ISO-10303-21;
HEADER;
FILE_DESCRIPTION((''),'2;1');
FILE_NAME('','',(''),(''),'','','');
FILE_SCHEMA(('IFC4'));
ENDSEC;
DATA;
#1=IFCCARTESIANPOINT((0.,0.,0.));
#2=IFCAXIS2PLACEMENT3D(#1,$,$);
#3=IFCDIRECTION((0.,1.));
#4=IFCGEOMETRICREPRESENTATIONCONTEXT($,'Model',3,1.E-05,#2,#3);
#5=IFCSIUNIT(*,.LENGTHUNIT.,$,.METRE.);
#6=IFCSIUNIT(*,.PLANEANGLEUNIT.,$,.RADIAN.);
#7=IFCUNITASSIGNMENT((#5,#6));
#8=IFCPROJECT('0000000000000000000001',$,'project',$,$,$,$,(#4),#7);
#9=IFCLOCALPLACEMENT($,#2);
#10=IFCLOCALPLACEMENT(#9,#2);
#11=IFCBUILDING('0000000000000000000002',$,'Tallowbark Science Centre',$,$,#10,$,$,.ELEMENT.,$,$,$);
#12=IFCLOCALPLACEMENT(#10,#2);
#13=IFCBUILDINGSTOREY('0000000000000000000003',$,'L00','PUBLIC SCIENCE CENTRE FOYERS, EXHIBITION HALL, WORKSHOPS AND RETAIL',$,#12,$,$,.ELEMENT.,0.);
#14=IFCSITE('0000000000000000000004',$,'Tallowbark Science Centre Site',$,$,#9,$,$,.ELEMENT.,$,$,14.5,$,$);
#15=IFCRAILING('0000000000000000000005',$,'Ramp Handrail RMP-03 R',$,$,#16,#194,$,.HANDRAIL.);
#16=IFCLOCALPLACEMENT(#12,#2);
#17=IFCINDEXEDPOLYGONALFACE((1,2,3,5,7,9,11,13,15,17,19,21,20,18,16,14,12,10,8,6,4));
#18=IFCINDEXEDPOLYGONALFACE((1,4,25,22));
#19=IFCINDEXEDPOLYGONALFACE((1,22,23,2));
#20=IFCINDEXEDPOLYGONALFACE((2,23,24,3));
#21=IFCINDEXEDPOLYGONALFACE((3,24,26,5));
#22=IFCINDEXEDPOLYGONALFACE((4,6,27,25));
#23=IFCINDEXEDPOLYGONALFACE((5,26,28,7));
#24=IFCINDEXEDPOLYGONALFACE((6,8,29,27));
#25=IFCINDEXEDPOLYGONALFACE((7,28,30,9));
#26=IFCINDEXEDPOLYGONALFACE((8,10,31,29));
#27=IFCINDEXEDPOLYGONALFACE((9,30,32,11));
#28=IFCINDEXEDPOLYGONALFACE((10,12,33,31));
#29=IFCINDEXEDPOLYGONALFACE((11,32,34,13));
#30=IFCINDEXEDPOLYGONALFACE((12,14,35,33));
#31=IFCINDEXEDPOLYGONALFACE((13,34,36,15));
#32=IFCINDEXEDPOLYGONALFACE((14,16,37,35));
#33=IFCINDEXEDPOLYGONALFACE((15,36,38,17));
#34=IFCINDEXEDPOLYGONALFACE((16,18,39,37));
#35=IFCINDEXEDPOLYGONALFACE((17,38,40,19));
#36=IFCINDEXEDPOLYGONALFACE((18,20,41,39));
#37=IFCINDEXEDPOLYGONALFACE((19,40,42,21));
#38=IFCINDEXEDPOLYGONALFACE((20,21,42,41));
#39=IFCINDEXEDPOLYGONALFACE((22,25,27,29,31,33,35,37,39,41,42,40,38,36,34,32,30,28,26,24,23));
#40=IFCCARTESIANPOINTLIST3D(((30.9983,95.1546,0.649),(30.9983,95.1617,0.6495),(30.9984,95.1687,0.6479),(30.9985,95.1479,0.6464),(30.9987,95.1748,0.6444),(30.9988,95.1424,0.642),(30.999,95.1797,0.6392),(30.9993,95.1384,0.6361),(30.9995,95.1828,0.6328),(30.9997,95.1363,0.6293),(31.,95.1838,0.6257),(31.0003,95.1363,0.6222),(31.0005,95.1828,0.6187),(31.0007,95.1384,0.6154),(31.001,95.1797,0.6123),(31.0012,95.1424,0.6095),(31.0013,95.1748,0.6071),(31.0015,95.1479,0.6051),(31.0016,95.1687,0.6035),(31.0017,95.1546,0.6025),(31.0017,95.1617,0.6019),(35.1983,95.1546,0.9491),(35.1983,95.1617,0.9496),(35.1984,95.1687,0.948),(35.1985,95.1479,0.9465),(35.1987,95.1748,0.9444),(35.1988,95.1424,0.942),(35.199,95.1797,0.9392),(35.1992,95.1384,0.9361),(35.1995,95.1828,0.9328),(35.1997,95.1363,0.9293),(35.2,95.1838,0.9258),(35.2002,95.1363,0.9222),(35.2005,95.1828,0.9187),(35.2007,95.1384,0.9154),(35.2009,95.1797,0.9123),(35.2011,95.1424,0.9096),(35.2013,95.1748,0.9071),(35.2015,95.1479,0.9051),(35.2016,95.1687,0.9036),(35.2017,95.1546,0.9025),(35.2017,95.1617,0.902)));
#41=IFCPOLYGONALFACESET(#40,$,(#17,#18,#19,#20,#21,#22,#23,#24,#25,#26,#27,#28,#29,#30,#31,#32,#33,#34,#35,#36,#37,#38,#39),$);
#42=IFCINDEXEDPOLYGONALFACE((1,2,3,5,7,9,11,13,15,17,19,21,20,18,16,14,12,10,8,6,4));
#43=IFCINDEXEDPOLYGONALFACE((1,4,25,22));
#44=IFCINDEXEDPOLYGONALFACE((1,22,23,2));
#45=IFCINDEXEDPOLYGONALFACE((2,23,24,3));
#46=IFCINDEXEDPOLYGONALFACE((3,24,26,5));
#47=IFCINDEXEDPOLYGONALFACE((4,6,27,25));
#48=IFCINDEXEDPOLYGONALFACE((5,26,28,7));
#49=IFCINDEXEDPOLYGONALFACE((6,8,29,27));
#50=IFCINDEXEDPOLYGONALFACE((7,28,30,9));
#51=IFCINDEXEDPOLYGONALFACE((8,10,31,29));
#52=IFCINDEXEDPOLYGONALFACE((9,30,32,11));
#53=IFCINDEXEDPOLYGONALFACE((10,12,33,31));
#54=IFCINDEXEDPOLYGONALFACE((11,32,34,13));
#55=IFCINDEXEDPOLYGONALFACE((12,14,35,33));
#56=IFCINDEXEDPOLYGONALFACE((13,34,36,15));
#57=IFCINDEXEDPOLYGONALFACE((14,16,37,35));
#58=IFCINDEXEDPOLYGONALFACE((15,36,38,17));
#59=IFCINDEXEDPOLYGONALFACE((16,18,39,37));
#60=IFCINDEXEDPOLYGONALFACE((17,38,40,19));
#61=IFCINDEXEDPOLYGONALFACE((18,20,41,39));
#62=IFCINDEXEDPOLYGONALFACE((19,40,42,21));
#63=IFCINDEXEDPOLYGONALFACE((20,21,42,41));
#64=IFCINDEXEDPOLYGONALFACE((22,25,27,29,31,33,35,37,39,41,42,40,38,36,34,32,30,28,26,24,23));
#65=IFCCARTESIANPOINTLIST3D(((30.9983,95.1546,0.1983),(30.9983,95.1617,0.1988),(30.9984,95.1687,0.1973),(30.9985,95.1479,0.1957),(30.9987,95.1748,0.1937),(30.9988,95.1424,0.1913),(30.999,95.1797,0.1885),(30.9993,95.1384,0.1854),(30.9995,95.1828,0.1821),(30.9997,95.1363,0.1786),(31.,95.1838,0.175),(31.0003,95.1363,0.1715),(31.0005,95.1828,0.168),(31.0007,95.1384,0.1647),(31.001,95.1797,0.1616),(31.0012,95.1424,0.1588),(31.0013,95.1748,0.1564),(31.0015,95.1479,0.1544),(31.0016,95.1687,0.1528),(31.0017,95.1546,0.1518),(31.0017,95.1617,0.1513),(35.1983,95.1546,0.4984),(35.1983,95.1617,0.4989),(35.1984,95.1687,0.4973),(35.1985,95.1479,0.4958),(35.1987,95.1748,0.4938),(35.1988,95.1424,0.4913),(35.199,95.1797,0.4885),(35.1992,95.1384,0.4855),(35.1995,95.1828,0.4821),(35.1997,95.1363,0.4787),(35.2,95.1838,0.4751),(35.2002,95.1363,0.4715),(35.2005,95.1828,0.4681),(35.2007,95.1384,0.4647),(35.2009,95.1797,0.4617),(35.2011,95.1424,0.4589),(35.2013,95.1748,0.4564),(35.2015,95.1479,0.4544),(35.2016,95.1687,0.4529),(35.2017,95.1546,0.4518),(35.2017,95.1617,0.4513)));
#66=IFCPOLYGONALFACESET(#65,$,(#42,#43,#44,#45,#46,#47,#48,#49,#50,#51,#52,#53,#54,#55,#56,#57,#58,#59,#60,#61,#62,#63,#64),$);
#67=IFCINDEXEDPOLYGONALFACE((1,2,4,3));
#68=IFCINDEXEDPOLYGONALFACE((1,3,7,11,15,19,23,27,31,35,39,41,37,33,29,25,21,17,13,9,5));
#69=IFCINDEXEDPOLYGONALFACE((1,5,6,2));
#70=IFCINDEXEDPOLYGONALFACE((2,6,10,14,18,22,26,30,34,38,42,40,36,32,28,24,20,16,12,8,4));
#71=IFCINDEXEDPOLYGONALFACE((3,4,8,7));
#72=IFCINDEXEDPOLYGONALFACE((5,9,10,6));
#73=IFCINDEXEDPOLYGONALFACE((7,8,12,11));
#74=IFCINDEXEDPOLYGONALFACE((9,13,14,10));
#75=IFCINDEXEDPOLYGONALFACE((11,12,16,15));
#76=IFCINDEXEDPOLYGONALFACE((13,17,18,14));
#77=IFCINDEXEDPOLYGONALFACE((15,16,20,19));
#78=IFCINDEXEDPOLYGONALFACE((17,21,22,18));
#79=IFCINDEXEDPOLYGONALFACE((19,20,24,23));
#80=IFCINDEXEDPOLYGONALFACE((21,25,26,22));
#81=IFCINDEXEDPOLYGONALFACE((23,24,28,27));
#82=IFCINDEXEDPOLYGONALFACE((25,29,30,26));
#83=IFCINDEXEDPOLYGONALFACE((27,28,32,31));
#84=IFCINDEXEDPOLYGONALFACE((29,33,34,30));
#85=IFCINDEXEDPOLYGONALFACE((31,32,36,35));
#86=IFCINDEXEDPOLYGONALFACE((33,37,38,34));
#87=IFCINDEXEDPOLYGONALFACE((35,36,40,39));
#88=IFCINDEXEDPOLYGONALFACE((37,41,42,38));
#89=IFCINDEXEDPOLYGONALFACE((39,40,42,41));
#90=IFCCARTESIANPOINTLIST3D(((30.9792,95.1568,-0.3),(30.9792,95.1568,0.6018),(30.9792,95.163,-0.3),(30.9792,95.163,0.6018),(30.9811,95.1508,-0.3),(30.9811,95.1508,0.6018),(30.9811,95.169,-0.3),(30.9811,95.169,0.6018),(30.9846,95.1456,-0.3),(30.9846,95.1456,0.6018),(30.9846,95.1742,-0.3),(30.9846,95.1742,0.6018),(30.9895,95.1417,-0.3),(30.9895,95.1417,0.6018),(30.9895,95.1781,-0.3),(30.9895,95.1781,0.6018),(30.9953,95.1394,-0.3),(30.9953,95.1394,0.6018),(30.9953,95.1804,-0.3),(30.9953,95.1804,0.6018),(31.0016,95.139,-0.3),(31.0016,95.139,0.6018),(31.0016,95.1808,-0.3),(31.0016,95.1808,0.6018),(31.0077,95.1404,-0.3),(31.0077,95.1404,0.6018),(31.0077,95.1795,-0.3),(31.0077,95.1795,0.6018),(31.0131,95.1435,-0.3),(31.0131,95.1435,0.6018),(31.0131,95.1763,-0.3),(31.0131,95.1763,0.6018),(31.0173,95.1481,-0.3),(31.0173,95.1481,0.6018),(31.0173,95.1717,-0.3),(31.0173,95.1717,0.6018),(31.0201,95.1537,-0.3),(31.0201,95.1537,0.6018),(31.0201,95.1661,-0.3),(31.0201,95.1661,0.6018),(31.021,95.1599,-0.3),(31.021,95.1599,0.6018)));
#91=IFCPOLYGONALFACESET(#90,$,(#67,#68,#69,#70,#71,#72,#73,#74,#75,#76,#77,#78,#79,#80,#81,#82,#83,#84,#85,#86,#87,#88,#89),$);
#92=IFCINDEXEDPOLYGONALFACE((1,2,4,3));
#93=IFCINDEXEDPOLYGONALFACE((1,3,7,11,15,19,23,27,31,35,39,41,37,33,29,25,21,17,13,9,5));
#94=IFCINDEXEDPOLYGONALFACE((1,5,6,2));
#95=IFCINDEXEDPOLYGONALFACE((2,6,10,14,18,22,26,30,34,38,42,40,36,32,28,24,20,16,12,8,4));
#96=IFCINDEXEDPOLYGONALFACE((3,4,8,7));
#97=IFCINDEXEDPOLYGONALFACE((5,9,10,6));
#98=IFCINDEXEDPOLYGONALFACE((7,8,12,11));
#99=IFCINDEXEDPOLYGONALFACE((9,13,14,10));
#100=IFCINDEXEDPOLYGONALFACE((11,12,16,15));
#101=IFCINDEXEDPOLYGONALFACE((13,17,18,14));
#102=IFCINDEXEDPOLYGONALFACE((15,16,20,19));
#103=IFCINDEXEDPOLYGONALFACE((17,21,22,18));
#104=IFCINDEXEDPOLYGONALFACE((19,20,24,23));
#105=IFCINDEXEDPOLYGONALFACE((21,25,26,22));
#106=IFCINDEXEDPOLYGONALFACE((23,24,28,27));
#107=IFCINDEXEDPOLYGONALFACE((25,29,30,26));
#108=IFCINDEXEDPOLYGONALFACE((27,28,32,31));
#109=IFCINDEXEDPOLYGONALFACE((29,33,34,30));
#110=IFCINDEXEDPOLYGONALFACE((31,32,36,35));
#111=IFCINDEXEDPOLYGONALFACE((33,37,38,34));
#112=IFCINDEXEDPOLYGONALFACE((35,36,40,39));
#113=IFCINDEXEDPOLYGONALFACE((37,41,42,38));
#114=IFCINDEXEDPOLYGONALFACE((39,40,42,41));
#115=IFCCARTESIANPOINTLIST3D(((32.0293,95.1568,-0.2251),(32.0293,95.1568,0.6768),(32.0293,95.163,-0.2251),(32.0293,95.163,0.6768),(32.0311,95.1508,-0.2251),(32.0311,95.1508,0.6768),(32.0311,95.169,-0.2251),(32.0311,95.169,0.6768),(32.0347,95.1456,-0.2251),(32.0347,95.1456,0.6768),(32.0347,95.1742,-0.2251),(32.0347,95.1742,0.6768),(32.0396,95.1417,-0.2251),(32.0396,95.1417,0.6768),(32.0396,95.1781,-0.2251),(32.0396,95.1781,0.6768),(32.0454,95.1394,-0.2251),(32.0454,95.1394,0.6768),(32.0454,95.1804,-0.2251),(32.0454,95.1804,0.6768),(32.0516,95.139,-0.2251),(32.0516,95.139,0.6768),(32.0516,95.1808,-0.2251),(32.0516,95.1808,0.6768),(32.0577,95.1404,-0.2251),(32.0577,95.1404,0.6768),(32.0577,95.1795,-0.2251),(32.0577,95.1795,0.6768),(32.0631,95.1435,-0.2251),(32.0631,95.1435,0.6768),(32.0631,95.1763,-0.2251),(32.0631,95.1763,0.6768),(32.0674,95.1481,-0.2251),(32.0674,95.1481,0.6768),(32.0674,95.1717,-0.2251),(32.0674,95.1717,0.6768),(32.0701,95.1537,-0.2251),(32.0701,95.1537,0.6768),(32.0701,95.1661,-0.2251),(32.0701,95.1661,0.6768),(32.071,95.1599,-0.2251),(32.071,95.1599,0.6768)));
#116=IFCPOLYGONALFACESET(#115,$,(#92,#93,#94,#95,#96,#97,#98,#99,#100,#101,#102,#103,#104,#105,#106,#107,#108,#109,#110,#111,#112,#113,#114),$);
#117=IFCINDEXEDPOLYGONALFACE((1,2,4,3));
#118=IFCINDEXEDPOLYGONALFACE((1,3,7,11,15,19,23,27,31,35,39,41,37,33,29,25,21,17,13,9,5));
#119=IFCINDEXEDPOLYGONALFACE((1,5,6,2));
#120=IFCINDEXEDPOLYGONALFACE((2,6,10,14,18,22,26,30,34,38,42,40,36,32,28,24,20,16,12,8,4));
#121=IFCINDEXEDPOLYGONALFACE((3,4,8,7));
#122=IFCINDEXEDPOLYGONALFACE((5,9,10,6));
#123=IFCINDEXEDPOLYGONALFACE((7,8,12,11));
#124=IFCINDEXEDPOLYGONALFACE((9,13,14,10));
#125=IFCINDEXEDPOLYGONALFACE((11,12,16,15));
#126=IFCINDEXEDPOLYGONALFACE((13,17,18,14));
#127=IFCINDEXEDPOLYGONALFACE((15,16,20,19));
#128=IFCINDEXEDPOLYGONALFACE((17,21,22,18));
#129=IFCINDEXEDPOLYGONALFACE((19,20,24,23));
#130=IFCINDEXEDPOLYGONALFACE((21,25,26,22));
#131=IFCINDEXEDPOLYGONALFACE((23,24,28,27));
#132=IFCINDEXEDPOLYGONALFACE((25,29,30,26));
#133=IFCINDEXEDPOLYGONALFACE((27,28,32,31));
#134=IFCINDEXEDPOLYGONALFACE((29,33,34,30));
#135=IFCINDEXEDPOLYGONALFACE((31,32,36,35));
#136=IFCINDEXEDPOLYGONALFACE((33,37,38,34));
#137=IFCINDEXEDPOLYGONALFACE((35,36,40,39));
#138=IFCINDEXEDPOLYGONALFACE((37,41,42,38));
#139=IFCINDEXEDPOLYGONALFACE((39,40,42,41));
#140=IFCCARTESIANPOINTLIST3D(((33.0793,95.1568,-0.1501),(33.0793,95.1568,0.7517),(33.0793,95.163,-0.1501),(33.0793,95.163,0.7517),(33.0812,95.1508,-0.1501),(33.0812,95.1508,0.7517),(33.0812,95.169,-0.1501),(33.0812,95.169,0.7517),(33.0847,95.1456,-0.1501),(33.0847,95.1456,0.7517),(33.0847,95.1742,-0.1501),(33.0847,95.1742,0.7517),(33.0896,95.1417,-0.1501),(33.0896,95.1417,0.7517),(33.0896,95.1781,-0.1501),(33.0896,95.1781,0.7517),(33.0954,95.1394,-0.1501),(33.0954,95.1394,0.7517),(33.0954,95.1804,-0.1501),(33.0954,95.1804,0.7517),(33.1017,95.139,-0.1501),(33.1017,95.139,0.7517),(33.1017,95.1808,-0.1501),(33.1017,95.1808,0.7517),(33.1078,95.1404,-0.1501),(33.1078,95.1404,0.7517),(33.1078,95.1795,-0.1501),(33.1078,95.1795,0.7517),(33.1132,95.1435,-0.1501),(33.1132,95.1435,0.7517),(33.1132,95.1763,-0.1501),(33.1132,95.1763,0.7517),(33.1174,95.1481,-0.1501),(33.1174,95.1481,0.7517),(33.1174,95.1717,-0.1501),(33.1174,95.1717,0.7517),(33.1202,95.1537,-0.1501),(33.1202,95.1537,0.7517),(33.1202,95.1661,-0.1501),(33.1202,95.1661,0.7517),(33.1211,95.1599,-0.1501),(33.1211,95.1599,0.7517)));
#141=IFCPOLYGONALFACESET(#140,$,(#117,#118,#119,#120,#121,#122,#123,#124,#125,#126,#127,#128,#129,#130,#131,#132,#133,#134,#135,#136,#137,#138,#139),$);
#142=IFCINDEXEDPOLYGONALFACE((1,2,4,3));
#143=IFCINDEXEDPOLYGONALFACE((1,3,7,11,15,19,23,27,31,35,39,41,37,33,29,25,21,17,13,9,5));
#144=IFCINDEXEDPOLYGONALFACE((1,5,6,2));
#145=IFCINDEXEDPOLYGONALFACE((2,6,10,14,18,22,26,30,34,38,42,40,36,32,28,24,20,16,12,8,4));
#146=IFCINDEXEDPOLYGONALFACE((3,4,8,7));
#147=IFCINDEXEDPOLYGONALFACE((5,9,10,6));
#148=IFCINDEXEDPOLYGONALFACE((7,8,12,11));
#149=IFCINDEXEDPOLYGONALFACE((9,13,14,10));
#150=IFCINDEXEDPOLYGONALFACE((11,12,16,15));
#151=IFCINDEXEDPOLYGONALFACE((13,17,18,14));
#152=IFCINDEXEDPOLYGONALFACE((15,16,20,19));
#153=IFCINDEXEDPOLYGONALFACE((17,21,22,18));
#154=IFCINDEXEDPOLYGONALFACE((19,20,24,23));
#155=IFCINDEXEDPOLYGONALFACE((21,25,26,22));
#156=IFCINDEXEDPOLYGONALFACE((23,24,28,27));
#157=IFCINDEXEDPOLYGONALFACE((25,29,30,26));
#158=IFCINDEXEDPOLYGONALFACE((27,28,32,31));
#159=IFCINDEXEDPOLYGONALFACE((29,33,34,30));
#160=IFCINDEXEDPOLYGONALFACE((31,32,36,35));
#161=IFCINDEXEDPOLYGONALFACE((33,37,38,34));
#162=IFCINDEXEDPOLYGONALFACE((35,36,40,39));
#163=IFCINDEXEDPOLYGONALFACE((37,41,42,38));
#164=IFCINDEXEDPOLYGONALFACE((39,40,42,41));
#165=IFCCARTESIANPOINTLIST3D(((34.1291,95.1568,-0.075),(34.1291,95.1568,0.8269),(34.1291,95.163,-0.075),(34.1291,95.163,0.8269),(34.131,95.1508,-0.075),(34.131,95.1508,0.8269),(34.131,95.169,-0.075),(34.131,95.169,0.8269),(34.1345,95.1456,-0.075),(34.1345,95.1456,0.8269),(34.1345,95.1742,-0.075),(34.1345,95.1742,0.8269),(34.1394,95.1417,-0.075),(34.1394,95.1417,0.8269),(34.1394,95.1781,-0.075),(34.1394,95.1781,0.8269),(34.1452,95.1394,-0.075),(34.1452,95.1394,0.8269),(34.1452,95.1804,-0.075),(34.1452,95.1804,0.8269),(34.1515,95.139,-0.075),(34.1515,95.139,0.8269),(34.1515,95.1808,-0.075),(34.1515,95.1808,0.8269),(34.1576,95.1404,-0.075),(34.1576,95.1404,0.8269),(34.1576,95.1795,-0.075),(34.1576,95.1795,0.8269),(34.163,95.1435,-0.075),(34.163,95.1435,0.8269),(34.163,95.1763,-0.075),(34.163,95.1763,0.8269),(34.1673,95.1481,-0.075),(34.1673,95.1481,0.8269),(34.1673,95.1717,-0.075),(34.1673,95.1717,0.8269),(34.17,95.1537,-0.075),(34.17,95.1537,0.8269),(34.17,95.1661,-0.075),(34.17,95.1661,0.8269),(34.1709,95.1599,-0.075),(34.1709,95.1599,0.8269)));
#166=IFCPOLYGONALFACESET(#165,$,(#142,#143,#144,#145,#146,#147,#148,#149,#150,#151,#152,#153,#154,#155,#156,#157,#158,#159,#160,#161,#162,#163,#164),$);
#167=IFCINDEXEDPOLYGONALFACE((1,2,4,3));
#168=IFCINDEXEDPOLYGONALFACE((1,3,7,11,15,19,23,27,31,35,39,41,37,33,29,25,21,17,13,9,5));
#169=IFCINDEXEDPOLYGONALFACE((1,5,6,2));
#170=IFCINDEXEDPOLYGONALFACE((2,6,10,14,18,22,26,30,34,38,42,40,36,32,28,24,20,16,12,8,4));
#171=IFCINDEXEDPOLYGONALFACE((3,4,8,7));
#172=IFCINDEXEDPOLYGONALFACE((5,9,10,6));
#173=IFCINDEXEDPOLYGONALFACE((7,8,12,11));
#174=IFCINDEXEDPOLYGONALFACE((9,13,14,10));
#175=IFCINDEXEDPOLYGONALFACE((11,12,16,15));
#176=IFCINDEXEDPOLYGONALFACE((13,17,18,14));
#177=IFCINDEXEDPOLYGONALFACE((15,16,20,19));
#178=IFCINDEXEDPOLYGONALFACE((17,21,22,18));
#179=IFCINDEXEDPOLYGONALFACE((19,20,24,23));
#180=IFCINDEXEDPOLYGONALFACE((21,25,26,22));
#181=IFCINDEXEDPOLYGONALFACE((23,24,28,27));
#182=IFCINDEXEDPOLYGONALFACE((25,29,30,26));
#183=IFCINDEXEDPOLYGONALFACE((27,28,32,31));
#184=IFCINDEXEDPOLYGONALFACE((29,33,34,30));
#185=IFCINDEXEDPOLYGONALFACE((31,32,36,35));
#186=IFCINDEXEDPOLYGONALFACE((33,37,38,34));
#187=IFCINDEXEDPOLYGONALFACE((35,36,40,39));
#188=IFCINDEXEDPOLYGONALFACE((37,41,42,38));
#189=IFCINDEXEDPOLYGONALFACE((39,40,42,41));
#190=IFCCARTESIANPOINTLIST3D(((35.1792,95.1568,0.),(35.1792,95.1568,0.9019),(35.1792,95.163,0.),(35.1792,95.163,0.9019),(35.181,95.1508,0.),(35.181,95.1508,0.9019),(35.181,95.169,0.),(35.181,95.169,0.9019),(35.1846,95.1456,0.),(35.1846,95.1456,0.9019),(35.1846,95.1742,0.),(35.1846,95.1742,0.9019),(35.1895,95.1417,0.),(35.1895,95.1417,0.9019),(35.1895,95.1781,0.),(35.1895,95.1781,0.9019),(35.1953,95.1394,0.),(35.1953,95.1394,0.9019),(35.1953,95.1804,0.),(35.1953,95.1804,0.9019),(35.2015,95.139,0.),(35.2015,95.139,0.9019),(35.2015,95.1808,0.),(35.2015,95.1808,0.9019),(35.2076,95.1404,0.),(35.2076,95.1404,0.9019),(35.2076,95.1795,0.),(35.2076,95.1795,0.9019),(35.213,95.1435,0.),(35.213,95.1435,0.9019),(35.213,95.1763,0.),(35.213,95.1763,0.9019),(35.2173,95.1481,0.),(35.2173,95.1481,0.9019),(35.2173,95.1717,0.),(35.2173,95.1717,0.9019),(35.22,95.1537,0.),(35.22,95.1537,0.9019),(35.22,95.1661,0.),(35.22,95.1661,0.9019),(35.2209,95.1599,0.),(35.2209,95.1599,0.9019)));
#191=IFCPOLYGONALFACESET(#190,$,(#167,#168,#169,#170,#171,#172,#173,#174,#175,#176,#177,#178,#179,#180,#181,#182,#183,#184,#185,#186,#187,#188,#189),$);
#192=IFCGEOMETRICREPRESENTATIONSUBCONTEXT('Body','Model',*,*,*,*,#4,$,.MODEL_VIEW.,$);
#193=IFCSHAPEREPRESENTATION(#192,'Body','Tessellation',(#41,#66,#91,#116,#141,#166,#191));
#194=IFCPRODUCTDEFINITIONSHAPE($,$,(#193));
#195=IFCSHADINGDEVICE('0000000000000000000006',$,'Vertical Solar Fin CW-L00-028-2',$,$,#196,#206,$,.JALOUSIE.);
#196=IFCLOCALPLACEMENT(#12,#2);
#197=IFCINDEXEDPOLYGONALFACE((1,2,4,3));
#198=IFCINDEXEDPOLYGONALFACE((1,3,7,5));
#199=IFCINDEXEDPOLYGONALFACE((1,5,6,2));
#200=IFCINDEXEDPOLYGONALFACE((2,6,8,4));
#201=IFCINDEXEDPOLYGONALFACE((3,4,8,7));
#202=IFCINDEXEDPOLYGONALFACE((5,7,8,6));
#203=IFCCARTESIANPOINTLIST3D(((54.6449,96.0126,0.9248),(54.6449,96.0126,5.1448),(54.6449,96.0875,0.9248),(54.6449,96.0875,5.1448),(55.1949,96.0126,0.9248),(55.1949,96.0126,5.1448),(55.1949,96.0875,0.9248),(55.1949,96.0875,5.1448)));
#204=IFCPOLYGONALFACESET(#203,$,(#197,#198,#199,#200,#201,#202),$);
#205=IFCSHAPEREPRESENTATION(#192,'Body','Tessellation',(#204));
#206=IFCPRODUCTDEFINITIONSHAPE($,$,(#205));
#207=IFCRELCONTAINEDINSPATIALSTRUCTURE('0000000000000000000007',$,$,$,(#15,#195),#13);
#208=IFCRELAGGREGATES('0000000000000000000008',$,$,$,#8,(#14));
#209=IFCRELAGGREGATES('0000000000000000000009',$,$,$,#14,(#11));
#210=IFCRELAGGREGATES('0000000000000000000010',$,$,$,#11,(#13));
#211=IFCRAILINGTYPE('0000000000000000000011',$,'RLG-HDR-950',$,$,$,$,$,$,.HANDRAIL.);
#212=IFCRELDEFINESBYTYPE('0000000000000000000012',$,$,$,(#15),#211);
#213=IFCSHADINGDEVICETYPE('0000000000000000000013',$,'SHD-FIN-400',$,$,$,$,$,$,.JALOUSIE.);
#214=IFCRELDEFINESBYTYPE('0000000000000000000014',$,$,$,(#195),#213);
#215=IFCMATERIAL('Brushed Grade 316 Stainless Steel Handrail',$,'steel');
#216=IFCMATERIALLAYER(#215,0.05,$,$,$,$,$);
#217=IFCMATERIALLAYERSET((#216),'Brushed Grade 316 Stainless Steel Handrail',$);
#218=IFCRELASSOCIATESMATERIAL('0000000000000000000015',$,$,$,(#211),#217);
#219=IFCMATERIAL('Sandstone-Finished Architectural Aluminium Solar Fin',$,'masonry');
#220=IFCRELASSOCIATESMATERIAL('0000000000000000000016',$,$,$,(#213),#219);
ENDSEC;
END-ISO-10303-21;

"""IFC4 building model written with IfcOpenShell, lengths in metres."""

from ifc_helpers import new_model, si_unit, direction, frame, origin, origin_2d, place, context, subcontext, project, spatial, rectangle, circle, extrude, material, layer, layer_set, type_object, element, save


model = new_model("IFC4")

# Units and contexts
model_context = context("Model", 3, precision=1e-05, world=origin(), true_north=direction((0.0, 1.0)))
body_context = subcontext(model_context, "Body", "Model", "MODEL_VIEW")
ifc_project = project(units=[si_unit("LENGTHUNIT", "METRE"), si_unit("PLANEANGLEUNIT", "RADIAN")], contexts=[model_context])

# Site, building, storey
site_placement = place(None, origin())
site = spatial("IfcSite", under=ifc_project, at=site_placement, Name="Tallowbark Science Centre Site", CompositionType="ELEMENT", RefElevation=14.5)
building_placement = place(site_placement, origin())
building = spatial("IfcBuilding", under=site, at=building_placement, Name="Tallowbark Science Centre", CompositionType="ELEMENT")
storey_placement = place(building_placement, origin())
storey = spatial("IfcBuildingStorey", under=building, at=storey_placement, Name="L00", Description="PUBLIC SCIENCE CENTRE FOYERS, EXHIBITION HALL, WORKSHOPS AND RETAIL", CompositionType="ELEMENT", Elevation=0.0)

# Railing
ifc_material_1 = material(Name="Brushed Grade 316 Stainless Steel Handrail", Category="steel")
ifc_layer_1 = layer(ifc_material_1, 0.05)
ifc_layer_set_1 = layer_set([ifc_layer_1], Name="Brushed Grade 316 Stainless Steel Handrail")
railing_type = type_object("IfcRailingType", Name="RLG-HDR-950", PredefinedType="HANDRAIL", material=ifc_layer_set_1)
for number, where, name in (
    (1, (31.0, 95.1599, -0.3), "Ramp Handrail RMP-03 R"),
):
    element("IfcRailing", number, at=place(storey_placement, frame(where)), inside=storey, type_object=railing_type, Name=name, PredefinedType="HANDRAIL", context=body_context, shape_type="SweptSolid", body=[
        extrude(circle(Radius=0.0239, at=origin_2d()), frame((0.0, 0.0, 0.9258), z_axis=(0.997458, 0.0, 0.071259), x_axis=(0.0, 1.0, 0.0)), (0.0, 0.0, 1.0), 4.2107),
        extrude(circle(Radius=0.0239, at=origin_2d()), frame((0.0, 0.0, 0.4751), z_axis=(0.997458, 0.0, 0.071259), x_axis=(0.0, 1.0, 0.0)), (0.0, 0.0, 1.0), 4.2107),
        extrude(circle(Radius=0.021, at=origin_2d()), origin(), (0.0, 0.0, 1.0), 0.9019),
        extrude(circle(Radius=0.021, at=origin_2d()), frame((1.05, 0.0, 0.075)), (0.0, 0.0, 1.0), 0.9019),
        extrude(circle(Radius=0.021, at=origin_2d()), frame((2.1001, 0.0, 0.1499)), (0.0, 0.0, 1.0), 0.9019),
        extrude(circle(Radius=0.021, at=origin_2d()), frame((3.1499, 0.0, 0.2251)), (0.0, 0.0, 1.0), 0.9019),
        extrude(circle(Radius=0.021, at=origin_2d()), frame((4.2, 0.0, 0.3)), (0.0, 0.0, 1.0), 0.9019),
    ])

# Shading device
ifc_material_2 = material(Name="Sandstone-Finished Architectural Aluminium Solar Fin", Category="masonry")
shading_device_type = type_object("IfcShadingDeviceType", Name="SHD-FIN-400", PredefinedType="JALOUSIE", material=ifc_material_2)
shading_device_placement = place(storey_placement, frame((54.9199, 96.05, 0.9248), z_axis=(0.0, 0.0, 1.0), x_axis=(0.0, -1.0, 0.0)))
element("IfcShadingDevice", 2, at=shading_device_placement, inside=storey, type_object=shading_device_type, Name="Vertical Solar Fin CW-L00-028-2", PredefinedType="JALOUSIE", context=body_context, shape_type="SweptSolid", body=[
    extrude(rectangle(XDim=0.075, YDim=0.55, at=origin_2d()), origin(), (0.0, 0.0, 1.0), 4.22),
])

save(model, "model.ifc")
